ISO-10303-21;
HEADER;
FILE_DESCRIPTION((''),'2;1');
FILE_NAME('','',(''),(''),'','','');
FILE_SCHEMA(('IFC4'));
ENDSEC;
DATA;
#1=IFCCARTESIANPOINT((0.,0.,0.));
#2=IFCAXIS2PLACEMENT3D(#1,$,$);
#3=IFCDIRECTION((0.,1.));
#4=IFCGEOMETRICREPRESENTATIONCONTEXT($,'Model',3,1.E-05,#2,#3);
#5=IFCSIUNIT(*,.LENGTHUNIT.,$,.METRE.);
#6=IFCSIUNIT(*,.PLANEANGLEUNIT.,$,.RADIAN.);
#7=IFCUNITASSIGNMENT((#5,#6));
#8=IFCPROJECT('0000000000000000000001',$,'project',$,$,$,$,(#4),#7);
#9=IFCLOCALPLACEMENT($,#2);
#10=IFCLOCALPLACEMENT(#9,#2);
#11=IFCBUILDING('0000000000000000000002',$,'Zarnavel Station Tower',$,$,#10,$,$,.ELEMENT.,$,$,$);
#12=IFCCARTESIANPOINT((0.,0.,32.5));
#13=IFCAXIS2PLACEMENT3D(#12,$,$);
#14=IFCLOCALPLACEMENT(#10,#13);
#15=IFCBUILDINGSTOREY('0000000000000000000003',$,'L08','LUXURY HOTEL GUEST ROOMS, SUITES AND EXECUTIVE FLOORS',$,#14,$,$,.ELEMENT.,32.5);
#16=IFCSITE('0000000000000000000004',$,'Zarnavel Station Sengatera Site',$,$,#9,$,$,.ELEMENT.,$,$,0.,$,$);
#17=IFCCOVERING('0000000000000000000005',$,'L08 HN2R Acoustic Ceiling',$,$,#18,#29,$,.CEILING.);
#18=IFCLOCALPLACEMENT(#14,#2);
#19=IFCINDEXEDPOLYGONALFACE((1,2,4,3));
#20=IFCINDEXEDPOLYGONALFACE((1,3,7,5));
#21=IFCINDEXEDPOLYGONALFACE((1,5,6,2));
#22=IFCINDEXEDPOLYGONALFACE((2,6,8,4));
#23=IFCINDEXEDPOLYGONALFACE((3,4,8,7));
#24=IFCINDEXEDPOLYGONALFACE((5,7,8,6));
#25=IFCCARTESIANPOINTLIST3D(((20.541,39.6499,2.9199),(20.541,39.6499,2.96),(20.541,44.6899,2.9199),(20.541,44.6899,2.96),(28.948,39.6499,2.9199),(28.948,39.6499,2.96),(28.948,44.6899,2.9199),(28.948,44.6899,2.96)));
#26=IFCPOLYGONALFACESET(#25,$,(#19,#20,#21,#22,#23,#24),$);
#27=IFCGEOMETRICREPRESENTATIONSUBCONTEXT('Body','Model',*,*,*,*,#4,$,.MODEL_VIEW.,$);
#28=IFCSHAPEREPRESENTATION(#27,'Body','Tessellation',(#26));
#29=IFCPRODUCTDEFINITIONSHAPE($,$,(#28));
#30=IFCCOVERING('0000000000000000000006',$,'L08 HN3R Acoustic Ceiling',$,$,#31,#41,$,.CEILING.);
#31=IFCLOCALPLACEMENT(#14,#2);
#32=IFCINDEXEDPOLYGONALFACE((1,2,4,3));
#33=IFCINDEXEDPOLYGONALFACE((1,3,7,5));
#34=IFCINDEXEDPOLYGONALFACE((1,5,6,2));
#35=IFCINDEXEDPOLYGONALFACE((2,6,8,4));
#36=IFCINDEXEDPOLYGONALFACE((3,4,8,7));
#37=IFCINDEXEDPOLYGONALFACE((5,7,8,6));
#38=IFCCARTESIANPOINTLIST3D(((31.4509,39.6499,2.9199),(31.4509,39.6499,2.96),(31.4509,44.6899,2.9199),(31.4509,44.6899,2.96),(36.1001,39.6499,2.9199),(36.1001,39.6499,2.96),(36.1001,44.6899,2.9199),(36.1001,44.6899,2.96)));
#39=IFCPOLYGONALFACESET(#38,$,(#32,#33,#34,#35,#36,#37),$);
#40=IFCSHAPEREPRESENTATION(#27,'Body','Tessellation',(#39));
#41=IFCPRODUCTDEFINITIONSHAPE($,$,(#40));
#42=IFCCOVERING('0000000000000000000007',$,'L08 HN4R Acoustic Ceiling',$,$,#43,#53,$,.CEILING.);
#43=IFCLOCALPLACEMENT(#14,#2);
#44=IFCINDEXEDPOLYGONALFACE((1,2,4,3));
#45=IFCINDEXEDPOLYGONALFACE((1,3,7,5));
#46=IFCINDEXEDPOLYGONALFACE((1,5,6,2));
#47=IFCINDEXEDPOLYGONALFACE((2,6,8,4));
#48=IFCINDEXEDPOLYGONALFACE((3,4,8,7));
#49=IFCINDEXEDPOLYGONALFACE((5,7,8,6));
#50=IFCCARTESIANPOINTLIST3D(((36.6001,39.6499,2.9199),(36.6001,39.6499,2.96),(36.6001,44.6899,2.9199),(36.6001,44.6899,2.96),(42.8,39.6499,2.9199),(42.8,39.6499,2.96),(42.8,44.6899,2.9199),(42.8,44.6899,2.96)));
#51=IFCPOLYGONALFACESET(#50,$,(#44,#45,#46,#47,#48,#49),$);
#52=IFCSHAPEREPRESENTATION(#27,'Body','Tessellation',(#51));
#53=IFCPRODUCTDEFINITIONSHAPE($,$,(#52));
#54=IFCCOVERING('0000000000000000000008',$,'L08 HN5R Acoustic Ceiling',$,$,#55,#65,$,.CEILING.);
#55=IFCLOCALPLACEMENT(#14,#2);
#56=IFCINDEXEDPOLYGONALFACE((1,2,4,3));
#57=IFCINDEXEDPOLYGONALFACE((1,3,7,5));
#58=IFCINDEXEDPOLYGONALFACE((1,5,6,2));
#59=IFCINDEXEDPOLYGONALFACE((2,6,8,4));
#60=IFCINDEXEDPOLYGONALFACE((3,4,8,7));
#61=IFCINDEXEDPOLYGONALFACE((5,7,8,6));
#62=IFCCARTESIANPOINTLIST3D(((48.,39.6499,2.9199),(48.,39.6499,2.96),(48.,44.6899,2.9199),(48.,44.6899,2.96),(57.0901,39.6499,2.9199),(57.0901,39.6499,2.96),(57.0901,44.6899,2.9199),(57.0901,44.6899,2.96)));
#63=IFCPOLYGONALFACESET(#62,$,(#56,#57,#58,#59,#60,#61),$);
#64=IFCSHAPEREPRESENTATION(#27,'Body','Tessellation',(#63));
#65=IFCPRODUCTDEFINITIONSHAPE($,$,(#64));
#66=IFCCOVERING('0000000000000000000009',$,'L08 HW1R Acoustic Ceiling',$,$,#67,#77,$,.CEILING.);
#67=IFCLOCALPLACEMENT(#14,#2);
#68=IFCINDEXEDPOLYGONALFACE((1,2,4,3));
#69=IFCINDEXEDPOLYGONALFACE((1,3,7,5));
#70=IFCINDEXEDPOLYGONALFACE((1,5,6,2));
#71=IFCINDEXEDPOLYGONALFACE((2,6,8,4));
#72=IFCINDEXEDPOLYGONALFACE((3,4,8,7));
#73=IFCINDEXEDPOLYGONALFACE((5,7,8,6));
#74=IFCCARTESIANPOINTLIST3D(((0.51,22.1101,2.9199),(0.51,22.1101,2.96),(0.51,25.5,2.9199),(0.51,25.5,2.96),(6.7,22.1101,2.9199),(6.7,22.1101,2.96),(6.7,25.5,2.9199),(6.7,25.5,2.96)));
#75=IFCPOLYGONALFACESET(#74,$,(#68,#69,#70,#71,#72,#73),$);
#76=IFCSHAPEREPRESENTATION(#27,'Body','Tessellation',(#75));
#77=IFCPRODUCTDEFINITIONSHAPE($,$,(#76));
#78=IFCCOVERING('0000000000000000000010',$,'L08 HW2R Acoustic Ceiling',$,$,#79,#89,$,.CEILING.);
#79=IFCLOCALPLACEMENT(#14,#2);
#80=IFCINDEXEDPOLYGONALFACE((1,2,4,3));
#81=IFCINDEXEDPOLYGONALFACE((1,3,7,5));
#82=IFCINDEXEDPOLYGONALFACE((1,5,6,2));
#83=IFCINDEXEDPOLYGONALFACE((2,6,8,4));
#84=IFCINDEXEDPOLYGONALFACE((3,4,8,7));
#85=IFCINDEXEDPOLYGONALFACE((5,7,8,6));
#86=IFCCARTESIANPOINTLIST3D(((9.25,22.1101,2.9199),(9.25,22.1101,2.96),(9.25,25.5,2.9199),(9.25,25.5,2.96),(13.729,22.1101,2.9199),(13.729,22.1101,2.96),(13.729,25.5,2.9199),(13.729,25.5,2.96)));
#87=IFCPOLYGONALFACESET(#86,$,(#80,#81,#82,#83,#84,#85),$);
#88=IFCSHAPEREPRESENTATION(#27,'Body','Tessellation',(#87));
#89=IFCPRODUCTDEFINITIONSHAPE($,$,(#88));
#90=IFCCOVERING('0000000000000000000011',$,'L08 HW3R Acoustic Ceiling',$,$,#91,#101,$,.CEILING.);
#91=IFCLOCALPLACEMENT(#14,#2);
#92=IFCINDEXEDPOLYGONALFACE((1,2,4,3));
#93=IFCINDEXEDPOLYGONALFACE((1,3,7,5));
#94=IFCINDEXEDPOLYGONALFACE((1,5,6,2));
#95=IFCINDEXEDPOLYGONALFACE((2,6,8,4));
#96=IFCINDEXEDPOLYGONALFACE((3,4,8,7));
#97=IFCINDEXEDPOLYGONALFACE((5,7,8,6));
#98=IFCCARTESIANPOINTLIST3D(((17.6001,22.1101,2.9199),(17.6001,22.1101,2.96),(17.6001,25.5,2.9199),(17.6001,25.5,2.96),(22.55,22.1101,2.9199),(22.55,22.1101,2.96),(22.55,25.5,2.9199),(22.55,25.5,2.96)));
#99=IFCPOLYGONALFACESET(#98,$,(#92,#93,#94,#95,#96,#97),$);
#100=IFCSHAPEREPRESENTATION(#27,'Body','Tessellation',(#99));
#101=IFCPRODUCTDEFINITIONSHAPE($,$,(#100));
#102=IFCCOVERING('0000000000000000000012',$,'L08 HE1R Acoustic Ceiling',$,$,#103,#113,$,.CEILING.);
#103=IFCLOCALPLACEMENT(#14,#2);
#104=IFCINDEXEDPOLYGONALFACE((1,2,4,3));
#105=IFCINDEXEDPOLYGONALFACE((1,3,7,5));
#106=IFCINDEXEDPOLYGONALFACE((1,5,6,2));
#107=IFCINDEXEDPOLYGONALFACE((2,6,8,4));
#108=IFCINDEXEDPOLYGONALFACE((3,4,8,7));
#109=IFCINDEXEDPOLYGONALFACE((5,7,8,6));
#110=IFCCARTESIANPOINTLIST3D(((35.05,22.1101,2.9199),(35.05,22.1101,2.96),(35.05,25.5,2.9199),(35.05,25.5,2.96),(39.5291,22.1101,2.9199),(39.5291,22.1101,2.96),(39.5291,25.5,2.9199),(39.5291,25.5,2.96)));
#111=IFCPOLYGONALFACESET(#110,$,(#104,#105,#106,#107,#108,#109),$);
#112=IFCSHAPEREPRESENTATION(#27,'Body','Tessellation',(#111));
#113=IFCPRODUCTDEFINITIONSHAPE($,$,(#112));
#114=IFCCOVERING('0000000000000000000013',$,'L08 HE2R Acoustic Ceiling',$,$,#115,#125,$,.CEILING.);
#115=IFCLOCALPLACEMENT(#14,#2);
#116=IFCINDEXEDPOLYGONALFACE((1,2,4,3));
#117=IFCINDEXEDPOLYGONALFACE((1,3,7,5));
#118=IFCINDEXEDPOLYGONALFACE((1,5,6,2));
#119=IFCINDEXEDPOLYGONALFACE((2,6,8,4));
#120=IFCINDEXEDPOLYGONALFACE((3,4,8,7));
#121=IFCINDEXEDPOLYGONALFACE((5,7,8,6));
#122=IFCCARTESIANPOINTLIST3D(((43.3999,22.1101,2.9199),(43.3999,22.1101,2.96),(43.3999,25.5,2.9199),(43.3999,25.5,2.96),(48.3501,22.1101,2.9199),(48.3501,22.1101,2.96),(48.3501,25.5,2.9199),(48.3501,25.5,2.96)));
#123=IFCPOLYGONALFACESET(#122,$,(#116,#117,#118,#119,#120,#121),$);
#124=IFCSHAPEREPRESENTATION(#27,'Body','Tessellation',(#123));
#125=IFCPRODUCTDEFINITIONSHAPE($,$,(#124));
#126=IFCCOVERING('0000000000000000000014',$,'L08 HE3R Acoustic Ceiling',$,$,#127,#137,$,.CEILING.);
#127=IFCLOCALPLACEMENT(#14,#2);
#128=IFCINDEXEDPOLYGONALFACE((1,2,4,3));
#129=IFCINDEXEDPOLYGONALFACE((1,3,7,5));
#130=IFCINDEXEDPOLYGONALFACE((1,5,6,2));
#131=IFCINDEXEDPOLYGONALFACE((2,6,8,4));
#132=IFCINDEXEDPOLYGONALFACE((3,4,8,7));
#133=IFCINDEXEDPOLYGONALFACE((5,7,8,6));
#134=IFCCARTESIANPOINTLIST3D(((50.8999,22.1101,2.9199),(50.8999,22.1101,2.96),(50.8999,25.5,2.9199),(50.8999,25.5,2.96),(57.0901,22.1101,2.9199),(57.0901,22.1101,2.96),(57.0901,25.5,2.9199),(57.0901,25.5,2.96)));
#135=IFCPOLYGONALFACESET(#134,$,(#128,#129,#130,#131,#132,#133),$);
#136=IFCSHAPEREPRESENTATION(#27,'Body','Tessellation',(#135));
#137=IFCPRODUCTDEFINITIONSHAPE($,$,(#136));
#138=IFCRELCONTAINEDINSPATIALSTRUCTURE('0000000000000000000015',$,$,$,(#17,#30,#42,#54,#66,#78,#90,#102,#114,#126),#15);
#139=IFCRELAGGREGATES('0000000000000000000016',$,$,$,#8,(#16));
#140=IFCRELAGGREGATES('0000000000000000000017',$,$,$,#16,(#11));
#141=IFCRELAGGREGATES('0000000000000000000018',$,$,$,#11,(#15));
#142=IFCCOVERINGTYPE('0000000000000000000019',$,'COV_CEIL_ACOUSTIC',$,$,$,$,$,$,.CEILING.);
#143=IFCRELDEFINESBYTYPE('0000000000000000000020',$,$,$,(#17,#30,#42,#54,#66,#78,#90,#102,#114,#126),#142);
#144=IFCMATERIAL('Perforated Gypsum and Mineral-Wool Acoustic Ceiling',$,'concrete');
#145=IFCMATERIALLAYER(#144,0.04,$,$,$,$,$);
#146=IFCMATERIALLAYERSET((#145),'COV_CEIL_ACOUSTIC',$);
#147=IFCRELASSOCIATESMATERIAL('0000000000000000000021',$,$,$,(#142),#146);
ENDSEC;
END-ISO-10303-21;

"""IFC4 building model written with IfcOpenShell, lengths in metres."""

from ifc_helpers import new_model, si_unit, direction, frame, origin, place, context, subcontext, project, spatial, polyline, outline, extrude, material, layer, layer_set, type_object, element, save


model = new_model("IFC4")

# Units and contexts
model_context = context("Model", 3, precision=1e-05, world=origin(), true_north=direction((0.0, 1.0)))
body_context = subcontext(model_context, "Body", "Model", "MODEL_VIEW")
ifc_project = project(units=[si_unit("LENGTHUNIT", "METRE"), si_unit("PLANEANGLEUNIT", "RADIAN")], contexts=[model_context])

# Site, building, storey
site_placement = place(None, origin())
site = spatial("IfcSite", under=ifc_project, at=site_placement, Name="Zarnavel Station Sengatera Site", CompositionType="ELEMENT", RefElevation=0.0)
building_placement = place(site_placement, origin())
building = spatial("IfcBuilding", under=site, at=building_placement, Name="Zarnavel Station Tower", CompositionType="ELEMENT")
storey_placement = place(building_placement, frame((0.0, 0.0, 32.5)))
storey = spatial("IfcBuildingStorey", under=building, at=storey_placement, Name="L08", Description="LUXURY HOTEL GUEST ROOMS, SUITES AND EXECUTIVE FLOORS", CompositionType="ELEMENT", Elevation=32.5)

# Coverings
ifc_material_1 = material(Name="Perforated Gypsum and Mineral-Wool Acoustic Ceiling", Category="concrete")
ifc_layer_1 = layer(ifc_material_1, 0.04)
ifc_layer_set_1 = layer_set([ifc_layer_1], Name="COV_CEIL_ACOUSTIC")
covering_type_1 = type_object("IfcCoveringType", Name="COV_CEIL_ACOUSTIC", PredefinedType="CEILING", material=ifc_layer_set_1)
covering_1_placement = place(storey_placement, frame((0.0, 0.0, 2.9199)))
element("IfcCovering", 1, at=covering_1_placement, inside=storey, type_object=covering_type_1, Name="L08 HN2R Acoustic Ceiling", PredefinedType="CEILING", context=body_context, shape_type="SweptSolid", body=[
    extrude(outline(polyline([(20.541, 39.6499), (28.948, 39.6499), (28.948, 44.6899), (20.541, 44.6899), (20.541, 39.6499)])), origin(), (0.0, 0.0, 1.0), 0.04),
])
covering_2_placement = place(storey_placement, frame((0.0, 0.0, 2.9199)))
element("IfcCovering", 2, at=covering_2_placement, inside=storey, type_object=covering_type_1, Name="L08 HN3R Acoustic Ceiling", PredefinedType="CEILING", context=body_context, shape_type="SweptSolid", body=[
    extrude(outline(polyline([(31.4509, 39.6499), (36.1001, 39.6499), (36.1001, 44.6899), (31.4509, 44.6899), (31.4509, 39.6499)])), origin(), (0.0, 0.0, 1.0), 0.04),
])
covering_3_placement = place(storey_placement, frame((0.0, 0.0, 2.9199)))
element("IfcCovering", 3, at=covering_3_placement, inside=storey, type_object=covering_type_1, Name="L08 HN4R Acoustic Ceiling", PredefinedType="CEILING", context=body_context, shape_type="SweptSolid", body=[
    extrude(outline(polyline([(36.6001, 39.6499), (42.8, 39.6499), (42.8, 44.6899), (36.6001, 44.6899), (36.6001, 39.6499)])), origin(), (0.0, 0.0, 1.0), 0.04),
])
covering_4_placement = place(storey_placement, frame((0.0, 0.0, 2.9199)))
element("IfcCovering", 4, at=covering_4_placement, inside=storey, type_object=covering_type_1, Name="L08 HN5R Acoustic Ceiling", PredefinedType="CEILING", context=body_context, shape_type="SweptSolid", body=[
    extrude(outline(polyline([(48.0, 39.6499), (57.0901, 39.6499), (57.0901, 44.6899), (48.0, 44.6899), (48.0, 39.6499)])), origin(), (0.0, 0.0, 1.0), 0.04),
])
covering_5_placement = place(storey_placement, frame((0.0, 0.0, 2.9199)))
element("IfcCovering", 5, at=covering_5_placement, inside=storey, type_object=covering_type_1, Name="L08 HW1R Acoustic Ceiling", PredefinedType="CEILING", context=body_context, shape_type="SweptSolid", body=[
    extrude(outline(polyline([(0.51, 22.1101), (6.7, 22.1101), (6.7, 25.5), (0.51, 25.5), (0.51, 22.1101)])), origin(), (0.0, 0.0, 1.0), 0.04),
])
covering_6_placement = place(storey_placement, frame((0.0, 0.0, 2.9199)))
element("IfcCovering", 6, at=covering_6_placement, inside=storey, type_object=covering_type_1, Name="L08 HW2R Acoustic Ceiling", PredefinedType="CEILING", context=body_context, shape_type="SweptSolid", body=[
    extrude(outline(polyline([(9.25, 22.1101), (13.729, 22.1101), (13.729, 25.5), (9.25, 25.5), (9.25, 22.1101)])), origin(), (0.0, 0.0, 1.0), 0.04),
])
covering_7_placement = place(storey_placement, frame((0.0, 0.0, 2.9199)))
element("IfcCovering", 7, at=covering_7_placement, inside=storey, type_object=covering_type_1, Name="L08 HW3R Acoustic Ceiling", PredefinedType="CEILING", context=body_context, shape_type="SweptSolid", body=[
    extrude(outline(polyline([(17.6001, 22.1101), (22.55, 22.1101), (22.55, 25.5), (17.6001, 25.5), (17.6001, 22.1101)])), origin(), (0.0, 0.0, 1.0), 0.04),
])
covering_8_placement = place(storey_placement, frame((0.0, 0.0, 2.9199)))
element("IfcCovering", 8, at=covering_8_placement, inside=storey, type_object=covering_type_1, Name="L08 HE1R Acoustic Ceiling", PredefinedType="CEILING", context=body_context, shape_type="SweptSolid", body=[
    extrude(outline(polyline([(35.05, 22.1101), (39.5291, 22.1101), (39.5291, 25.5), (35.05, 25.5), (35.05, 22.1101)])), origin(), (0.0, 0.0, 1.0), 0.04),
])
covering_9_placement = place(storey_placement, frame((0.0, 0.0, 2.9199)))
element("IfcCovering", 9, at=covering_9_placement, inside=storey, type_object=covering_type_1, Name="L08 HE2R Acoustic Ceiling", PredefinedType="CEILING", context=body_context, shape_type="SweptSolid", body=[
    extrude(outline(polyline([(43.3999, 22.1101), (48.3501, 22.1101), (48.3501, 25.5), (43.3999, 25.5), (43.3999, 22.1101)])), origin(), (0.0, 0.0, 1.0), 0.04),
])
covering_10_placement = place(storey_placement, frame((0.0, 0.0, 2.9199)))
element("IfcCovering", 10, at=covering_10_placement, inside=storey, type_object=covering_type_1, Name="L08 HE3R Acoustic Ceiling", PredefinedType="CEILING", context=body_context, shape_type="SweptSolid", body=[
    extrude(outline(polyline([(50.8999, 22.1101), (57.0901, 22.1101), (57.0901, 25.5), (50.8999, 25.5), (50.8999, 22.1101)])), origin(), (0.0, 0.0, 1.0), 0.04),
])

save(model, "model.ifc")
